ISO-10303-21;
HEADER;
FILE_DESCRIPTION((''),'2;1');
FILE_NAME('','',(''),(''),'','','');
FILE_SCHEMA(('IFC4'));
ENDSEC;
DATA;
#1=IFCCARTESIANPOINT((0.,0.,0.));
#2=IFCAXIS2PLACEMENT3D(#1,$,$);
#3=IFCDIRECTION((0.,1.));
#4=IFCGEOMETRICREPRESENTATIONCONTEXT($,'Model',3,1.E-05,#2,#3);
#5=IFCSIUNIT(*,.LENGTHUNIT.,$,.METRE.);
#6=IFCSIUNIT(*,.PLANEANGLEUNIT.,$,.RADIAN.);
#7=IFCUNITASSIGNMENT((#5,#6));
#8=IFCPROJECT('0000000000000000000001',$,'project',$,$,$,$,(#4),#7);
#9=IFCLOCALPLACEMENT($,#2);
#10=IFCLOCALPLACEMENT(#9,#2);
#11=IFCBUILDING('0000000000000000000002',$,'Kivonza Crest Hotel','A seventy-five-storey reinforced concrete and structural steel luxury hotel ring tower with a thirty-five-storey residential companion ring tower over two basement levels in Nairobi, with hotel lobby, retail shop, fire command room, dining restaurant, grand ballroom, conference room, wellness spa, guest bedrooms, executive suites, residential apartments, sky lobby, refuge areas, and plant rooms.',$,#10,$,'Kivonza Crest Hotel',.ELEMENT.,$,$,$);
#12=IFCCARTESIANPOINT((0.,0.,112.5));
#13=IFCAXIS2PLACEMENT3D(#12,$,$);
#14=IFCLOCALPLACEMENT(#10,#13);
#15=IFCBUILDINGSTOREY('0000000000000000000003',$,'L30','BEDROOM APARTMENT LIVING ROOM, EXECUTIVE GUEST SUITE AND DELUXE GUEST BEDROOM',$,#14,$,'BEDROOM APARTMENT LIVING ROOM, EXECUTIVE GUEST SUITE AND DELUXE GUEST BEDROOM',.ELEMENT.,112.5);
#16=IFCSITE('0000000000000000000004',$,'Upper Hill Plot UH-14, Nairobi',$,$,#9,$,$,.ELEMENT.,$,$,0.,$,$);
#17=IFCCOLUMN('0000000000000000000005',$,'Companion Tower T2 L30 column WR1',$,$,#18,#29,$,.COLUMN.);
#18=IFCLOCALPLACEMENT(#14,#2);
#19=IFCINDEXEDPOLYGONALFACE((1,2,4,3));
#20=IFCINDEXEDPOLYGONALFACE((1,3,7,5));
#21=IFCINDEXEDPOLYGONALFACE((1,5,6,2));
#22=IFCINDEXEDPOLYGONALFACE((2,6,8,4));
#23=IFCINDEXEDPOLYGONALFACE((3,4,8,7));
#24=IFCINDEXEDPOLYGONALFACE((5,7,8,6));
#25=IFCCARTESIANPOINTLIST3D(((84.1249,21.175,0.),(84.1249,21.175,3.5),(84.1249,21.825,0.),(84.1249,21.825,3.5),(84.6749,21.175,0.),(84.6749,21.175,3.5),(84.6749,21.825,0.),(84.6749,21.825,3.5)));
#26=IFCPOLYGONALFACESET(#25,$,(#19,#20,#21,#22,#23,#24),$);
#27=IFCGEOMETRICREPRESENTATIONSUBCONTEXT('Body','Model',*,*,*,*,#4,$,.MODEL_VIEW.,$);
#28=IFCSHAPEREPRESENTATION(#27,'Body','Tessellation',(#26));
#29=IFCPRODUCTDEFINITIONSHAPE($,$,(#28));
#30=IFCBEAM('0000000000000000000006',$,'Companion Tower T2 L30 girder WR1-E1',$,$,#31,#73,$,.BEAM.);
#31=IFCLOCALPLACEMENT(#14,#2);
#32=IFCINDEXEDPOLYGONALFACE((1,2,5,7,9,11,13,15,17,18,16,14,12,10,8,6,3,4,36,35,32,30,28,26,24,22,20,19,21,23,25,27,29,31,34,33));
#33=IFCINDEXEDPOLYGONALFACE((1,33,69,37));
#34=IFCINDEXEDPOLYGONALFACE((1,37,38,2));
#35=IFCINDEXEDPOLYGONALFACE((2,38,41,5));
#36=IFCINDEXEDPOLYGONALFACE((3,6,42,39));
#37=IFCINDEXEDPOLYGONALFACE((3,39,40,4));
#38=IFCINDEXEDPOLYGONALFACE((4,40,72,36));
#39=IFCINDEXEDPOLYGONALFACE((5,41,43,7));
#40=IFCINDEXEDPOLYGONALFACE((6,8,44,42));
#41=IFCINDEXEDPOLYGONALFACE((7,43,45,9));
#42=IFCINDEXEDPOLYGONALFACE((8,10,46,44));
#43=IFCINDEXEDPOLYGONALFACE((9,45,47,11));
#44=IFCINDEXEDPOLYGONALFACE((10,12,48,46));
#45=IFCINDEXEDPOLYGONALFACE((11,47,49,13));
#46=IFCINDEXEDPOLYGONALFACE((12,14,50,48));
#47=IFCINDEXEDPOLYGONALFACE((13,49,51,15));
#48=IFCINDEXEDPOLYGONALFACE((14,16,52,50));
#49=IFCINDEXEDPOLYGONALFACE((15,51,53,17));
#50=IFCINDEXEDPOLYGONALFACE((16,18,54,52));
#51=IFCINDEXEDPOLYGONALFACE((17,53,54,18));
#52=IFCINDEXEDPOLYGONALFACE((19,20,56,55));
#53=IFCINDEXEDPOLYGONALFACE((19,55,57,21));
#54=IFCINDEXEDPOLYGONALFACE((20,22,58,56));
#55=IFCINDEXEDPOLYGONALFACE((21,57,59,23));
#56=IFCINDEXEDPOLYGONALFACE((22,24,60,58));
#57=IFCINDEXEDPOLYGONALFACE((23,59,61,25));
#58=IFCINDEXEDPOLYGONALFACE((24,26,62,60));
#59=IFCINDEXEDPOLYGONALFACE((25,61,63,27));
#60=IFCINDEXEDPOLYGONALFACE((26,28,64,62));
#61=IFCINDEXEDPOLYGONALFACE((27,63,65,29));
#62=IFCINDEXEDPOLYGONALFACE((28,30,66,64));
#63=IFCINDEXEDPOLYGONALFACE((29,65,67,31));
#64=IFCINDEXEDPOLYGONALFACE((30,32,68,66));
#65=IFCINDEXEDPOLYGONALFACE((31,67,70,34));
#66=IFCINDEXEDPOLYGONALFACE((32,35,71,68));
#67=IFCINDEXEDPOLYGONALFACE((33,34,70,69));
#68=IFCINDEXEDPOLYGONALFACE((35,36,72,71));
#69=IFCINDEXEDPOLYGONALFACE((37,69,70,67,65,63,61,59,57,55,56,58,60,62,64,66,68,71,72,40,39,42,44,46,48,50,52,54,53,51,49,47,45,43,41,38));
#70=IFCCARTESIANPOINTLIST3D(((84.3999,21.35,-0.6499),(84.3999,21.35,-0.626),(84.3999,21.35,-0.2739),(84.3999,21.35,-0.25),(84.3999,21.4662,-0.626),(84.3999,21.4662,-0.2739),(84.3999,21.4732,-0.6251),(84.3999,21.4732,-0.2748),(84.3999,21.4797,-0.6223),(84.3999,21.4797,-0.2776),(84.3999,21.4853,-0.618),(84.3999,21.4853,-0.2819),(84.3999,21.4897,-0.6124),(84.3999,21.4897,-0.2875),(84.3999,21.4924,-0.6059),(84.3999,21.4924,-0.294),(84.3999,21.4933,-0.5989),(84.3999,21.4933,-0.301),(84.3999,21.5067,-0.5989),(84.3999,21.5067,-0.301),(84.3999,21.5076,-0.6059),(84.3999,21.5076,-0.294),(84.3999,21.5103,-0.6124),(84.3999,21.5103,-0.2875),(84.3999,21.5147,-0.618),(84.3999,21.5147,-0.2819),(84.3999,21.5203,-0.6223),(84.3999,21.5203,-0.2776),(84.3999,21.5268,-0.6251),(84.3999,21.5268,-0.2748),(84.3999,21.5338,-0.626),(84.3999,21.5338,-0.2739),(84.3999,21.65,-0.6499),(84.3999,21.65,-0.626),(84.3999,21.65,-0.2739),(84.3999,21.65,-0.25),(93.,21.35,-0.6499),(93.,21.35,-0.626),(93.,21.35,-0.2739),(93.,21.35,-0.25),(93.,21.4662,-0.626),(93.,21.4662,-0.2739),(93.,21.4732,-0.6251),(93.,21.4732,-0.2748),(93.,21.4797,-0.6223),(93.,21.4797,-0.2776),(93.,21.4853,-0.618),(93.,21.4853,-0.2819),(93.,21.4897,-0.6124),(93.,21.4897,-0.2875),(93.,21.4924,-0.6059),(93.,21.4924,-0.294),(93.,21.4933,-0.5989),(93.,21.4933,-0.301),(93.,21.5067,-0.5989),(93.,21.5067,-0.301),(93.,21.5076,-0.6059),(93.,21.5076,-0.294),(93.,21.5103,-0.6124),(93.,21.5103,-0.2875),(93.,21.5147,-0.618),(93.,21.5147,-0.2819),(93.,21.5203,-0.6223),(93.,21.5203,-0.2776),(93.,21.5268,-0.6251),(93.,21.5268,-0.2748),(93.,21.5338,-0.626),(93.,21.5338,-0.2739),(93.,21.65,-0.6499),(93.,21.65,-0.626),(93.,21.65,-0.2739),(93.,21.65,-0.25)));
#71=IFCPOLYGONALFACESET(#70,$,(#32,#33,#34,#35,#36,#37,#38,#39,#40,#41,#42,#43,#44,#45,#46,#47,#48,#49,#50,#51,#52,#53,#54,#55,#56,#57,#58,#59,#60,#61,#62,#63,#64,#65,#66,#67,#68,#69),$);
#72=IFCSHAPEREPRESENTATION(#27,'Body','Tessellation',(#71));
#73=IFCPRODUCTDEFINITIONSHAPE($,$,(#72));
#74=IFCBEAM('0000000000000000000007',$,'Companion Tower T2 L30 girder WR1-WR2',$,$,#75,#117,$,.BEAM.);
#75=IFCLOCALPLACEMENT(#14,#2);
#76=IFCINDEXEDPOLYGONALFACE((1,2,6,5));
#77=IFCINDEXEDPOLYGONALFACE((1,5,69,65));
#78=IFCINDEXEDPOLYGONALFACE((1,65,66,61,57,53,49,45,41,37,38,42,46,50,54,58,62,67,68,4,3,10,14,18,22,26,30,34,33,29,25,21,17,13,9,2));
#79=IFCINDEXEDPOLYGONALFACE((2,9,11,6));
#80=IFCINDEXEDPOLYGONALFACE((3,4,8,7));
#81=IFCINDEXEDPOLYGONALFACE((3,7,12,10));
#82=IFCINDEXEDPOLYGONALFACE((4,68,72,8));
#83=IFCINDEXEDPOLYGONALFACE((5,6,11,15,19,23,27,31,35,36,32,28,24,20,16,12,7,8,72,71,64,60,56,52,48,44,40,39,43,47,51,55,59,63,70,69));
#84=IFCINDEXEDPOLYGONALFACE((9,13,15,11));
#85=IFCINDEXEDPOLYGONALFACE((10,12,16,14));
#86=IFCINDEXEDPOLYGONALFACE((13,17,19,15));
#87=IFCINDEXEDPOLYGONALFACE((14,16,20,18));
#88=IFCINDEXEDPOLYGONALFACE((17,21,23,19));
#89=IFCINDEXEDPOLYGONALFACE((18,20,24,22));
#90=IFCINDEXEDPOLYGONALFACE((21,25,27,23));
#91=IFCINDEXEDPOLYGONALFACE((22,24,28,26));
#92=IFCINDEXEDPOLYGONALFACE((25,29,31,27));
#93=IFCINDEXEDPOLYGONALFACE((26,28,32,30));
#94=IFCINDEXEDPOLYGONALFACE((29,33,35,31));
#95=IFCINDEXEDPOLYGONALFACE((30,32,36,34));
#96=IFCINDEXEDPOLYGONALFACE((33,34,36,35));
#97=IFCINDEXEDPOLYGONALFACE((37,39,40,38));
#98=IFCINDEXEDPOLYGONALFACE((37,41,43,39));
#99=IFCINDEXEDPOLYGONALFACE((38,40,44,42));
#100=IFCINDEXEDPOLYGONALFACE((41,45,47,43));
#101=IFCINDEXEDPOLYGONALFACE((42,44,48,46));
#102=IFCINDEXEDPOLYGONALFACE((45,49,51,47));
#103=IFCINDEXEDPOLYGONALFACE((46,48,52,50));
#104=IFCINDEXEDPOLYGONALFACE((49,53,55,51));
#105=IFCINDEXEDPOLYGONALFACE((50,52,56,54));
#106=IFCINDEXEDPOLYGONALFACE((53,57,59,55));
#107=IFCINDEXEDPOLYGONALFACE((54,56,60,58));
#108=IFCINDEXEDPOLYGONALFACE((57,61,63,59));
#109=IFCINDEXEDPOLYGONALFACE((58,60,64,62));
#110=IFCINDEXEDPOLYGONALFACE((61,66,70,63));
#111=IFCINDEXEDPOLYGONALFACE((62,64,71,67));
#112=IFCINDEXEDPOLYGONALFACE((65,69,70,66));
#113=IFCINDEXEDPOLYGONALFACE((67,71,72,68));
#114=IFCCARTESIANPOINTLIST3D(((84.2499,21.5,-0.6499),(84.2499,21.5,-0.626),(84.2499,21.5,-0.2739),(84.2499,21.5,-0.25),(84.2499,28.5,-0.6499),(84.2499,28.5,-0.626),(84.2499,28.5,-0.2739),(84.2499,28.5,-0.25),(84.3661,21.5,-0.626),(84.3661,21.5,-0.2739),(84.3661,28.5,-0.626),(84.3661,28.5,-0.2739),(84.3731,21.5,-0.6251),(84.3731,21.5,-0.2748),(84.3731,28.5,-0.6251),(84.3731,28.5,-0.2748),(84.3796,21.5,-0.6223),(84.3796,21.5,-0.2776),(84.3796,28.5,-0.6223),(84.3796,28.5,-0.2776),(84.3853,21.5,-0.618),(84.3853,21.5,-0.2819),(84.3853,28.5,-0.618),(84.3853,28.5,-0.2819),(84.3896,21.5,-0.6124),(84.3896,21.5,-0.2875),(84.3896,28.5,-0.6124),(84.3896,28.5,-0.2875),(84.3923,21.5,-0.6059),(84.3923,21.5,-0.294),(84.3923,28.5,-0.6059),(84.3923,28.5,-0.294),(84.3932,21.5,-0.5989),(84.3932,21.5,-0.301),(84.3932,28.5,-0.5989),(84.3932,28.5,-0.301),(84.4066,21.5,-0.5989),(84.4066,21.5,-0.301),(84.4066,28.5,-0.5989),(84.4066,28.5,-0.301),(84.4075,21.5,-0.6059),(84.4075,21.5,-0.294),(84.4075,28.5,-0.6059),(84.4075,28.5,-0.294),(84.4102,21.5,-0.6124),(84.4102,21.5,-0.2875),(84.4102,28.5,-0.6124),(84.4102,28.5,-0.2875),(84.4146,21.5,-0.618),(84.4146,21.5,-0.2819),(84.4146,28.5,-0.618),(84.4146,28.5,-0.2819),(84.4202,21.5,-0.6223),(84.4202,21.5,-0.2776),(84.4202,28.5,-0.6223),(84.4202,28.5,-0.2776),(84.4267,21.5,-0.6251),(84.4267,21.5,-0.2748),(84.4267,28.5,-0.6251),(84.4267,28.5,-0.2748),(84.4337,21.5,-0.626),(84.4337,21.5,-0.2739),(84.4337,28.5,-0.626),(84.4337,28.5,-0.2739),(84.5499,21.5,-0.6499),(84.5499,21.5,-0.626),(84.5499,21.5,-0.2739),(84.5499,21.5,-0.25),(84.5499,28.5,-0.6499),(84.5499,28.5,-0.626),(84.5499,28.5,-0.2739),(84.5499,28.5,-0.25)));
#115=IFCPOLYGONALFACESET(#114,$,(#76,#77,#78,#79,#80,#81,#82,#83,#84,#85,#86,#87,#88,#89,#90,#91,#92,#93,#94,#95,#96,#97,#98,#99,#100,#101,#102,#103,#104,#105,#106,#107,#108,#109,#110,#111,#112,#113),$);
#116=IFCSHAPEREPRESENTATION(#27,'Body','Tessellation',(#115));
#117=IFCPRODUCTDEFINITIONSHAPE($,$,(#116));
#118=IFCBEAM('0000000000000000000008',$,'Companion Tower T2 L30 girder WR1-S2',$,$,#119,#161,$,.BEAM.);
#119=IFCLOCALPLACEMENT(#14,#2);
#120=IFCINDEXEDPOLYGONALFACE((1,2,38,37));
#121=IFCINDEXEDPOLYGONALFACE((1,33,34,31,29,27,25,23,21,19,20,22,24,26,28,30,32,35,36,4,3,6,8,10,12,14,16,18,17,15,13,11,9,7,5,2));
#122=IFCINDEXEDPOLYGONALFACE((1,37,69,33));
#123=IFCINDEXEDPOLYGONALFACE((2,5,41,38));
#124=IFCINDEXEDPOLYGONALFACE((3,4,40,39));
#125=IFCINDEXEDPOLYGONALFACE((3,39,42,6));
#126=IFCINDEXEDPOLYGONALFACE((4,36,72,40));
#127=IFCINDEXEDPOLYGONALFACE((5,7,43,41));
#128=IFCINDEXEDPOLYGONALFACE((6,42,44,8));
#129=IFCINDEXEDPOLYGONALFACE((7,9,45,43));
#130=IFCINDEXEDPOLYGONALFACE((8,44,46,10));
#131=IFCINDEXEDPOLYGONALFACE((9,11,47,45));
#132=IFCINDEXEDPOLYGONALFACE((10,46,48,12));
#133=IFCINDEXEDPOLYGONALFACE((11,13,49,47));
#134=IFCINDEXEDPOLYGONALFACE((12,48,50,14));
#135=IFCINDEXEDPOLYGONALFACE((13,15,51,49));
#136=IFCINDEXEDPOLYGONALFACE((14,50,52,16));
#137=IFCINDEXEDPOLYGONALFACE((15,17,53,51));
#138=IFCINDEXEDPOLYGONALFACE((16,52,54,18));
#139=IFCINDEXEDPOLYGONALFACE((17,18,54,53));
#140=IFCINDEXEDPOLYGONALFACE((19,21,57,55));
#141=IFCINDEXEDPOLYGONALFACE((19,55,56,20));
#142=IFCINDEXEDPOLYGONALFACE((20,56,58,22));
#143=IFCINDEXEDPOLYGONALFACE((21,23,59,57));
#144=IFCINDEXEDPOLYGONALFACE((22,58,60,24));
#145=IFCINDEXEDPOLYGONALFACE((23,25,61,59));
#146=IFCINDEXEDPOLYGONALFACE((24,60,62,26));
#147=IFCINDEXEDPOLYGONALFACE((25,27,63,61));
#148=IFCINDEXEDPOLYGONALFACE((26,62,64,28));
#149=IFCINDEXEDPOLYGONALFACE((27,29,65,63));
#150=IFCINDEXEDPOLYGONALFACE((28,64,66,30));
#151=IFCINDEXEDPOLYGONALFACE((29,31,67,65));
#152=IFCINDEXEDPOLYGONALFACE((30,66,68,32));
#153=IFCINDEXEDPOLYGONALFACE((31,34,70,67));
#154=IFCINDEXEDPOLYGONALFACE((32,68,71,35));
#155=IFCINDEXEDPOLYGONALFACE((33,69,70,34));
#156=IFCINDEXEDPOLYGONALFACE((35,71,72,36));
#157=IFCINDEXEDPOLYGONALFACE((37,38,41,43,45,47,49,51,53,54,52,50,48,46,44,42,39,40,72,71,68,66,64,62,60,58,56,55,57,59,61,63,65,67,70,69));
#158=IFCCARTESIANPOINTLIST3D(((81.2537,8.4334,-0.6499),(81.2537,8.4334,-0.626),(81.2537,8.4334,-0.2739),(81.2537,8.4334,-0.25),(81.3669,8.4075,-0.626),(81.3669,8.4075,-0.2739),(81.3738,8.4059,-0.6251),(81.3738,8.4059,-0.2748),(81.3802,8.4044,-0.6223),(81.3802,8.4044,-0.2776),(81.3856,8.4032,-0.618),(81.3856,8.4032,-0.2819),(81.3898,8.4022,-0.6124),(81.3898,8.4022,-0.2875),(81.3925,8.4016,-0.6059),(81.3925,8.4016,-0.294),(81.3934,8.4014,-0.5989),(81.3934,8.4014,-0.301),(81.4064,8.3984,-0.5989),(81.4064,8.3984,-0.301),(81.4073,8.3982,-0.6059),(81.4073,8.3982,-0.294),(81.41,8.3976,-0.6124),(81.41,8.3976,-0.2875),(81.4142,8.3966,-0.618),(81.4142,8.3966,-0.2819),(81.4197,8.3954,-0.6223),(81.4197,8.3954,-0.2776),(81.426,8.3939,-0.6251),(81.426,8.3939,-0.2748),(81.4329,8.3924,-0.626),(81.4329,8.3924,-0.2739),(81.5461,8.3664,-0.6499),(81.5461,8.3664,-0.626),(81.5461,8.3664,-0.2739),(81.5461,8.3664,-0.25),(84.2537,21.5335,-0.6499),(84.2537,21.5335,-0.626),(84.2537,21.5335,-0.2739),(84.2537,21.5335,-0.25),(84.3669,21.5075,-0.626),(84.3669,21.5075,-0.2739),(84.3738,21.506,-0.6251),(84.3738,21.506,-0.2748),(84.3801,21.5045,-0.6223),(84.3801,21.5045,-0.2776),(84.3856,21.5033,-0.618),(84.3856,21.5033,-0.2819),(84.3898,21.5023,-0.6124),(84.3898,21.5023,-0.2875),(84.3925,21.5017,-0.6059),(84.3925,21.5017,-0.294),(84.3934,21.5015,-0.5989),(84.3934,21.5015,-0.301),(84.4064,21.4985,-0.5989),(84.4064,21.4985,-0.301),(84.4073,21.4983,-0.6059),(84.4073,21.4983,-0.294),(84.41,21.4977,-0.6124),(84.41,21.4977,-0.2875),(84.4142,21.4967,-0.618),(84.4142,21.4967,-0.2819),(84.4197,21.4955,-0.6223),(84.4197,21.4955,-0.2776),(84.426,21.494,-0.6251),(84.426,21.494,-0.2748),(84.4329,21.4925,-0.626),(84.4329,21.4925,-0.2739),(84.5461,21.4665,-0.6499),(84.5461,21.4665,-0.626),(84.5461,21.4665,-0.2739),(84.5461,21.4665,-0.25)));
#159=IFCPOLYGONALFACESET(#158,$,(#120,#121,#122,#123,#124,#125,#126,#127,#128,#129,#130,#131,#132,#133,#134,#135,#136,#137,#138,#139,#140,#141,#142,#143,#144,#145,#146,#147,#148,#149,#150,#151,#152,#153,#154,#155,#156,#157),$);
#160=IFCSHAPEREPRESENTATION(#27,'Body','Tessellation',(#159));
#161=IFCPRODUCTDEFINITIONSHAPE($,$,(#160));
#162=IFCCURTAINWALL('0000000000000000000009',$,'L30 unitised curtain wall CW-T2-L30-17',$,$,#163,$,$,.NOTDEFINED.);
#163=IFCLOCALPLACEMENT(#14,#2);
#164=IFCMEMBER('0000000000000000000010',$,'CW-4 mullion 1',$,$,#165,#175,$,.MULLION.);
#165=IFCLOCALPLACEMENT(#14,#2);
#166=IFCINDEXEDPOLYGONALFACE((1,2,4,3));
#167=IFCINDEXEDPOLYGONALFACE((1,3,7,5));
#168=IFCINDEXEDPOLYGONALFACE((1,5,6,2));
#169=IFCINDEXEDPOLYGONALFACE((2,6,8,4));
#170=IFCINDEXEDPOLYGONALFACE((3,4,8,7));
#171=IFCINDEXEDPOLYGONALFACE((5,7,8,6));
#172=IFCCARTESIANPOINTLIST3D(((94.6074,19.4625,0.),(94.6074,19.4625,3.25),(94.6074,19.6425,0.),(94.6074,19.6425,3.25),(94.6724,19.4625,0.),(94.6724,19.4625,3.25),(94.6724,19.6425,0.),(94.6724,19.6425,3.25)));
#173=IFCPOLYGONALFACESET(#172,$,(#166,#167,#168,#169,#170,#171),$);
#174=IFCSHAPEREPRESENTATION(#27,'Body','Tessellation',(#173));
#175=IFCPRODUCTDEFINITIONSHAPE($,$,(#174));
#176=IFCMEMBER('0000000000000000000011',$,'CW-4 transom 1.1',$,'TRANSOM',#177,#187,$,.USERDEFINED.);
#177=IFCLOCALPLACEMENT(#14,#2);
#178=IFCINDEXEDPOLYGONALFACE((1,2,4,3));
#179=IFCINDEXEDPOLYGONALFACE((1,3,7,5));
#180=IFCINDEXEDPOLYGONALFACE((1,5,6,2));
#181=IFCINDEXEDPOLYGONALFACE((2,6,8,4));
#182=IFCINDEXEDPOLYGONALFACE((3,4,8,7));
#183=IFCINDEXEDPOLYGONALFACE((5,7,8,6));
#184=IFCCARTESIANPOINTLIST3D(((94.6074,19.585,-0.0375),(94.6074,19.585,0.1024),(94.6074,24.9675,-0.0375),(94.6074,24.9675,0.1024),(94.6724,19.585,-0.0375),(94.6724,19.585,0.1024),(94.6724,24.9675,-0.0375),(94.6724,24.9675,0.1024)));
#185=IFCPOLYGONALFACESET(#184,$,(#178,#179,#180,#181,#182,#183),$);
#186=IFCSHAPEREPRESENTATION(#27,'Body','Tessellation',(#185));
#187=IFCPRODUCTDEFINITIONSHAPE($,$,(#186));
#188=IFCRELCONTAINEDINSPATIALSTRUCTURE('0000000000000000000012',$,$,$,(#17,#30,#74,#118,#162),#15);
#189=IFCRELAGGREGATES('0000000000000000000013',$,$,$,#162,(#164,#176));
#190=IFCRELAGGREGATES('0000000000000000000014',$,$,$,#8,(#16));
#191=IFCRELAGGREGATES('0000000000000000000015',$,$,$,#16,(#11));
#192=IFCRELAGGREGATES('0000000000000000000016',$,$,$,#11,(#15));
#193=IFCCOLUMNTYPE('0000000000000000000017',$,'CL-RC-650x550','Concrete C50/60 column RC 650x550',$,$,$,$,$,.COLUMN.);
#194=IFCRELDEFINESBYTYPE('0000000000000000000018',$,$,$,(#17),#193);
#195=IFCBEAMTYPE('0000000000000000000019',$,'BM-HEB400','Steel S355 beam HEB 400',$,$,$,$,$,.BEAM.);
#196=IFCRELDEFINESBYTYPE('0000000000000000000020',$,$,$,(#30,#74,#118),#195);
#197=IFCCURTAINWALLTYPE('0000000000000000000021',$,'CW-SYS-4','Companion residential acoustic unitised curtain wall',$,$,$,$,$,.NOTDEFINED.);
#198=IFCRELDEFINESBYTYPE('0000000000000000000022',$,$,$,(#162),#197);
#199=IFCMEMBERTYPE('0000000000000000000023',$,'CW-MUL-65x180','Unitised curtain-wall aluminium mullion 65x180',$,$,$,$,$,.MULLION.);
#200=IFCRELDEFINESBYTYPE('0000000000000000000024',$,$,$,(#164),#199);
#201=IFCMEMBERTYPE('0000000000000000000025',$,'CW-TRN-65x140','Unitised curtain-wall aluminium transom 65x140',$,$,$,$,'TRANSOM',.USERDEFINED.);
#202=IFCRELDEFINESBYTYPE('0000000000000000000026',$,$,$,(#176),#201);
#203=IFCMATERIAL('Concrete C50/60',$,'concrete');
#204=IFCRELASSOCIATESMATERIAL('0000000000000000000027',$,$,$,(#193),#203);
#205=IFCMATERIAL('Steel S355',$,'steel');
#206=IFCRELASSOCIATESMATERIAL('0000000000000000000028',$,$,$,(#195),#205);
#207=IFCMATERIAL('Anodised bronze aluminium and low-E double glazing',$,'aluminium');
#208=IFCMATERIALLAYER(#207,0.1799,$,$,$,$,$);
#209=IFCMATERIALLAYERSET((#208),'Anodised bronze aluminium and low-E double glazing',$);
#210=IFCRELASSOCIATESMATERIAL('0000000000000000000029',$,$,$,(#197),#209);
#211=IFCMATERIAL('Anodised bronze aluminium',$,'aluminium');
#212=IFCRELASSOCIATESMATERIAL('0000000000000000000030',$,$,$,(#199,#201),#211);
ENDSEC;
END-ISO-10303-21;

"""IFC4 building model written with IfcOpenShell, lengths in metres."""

from ifc_helpers import new_model, si_unit, direction, frame, origin, origin_2d, place, context, subcontext, project, spatial, rectangle, i_section, extrude, material, layer, layer_set, material_profile, profile_set, type_object, element, aggregate, save


model = new_model("IFC4")

# Units and contexts
model_context = context("Model", 3, precision=1e-05, world=origin(), true_north=direction((0.0, 1.0)))
body_context = subcontext(model_context, "Body", "Model", "MODEL_VIEW")
ifc_project = project(units=[si_unit("LENGTHUNIT", "METRE"), si_unit("PLANEANGLEUNIT", "RADIAN")], contexts=[model_context])

# Site, building, storey
site_placement = place(None, origin())
site = spatial("IfcSite", under=ifc_project, at=site_placement, Name="Upper Hill Plot UH-14, Nairobi", CompositionType="ELEMENT", RefElevation=0.0)
building_placement = place(site_placement, origin())
building = spatial("IfcBuilding", under=site, at=building_placement, Name="Kivonza Crest Hotel", Description="A seventy-five-storey reinforced concrete and structural steel luxury hotel ring tower with a thirty-five-storey residential companion ring tower over two basement levels in Nairobi, with hotel lobby, retail shop, fire command room, dining restaurant, grand ballroom, conference room, wellness spa, guest bedrooms, executive suites, residential apartments, sky lobby, refuge areas, and plant rooms.", LongName="Kivonza Crest Hotel", CompositionType="ELEMENT")
storey_placement = place(building_placement, frame((0.0, 0.0, 112.5)))
storey = spatial("IfcBuildingStorey", under=building, at=storey_placement, Name="L30", Description="BEDROOM APARTMENT LIVING ROOM, EXECUTIVE GUEST SUITE AND DELUXE GUEST BEDROOM", LongName="BEDROOM APARTMENT LIVING ROOM, EXECUTIVE GUEST SUITE AND DELUXE GUEST BEDROOM", CompositionType="ELEMENT", Elevation=112.5)

# Column
ifc_material_1 = material(Name="Concrete C50/60", Category="concrete")
ifc_material_profile_1 = material_profile(ifc_material_1, rectangle(XDim=0.55, YDim=0.6499, at=origin_2d()), Name="RC 650x550")
ifc_profile_set_1 = profile_set([ifc_material_profile_1], Name="Concrete C50/60")
column_type = type_object("IfcColumnType", Name="CL-RC-650x550", Description="Concrete C50/60 column RC 650x550", PredefinedType="COLUMN", material=ifc_profile_set_1)
column_placement = place(storey_placement, frame((84.3999, 21.5, 0.0), z_axis=(0.0, 0.0, 1.0), x_axis=(1.0, 0.0, 0.0)))
element("IfcColumn", 1, at=column_placement, inside=storey, type_object=column_type, Name="Companion Tower T2 L30 column WR1", PredefinedType="COLUMN", context=body_context, shape_type="SweptSolid", body=[
    extrude(rectangle(XDim=0.55, YDim=0.6499, at=origin_2d()), origin(), (0.0, 0.0, 1.0), 3.5),
])

# Beams
ifc_material_2 = material(Name="Steel S355", Category="steel")
ifc_material_profile_2 = material_profile(ifc_material_2, i_section(OverallWidth=0.3, OverallDepth=0.3999, WebThickness=0.0134, FlangeThickness=0.0239, FilletRadius=0.0271, at=origin_2d()), Name="HEB 400")
ifc_profile_set_2 = profile_set([ifc_material_profile_2], Name="Steel S355")
beam_type = type_object("IfcBeamType", Name="BM-HEB400", Description="Steel S355 beam HEB 400", PredefinedType="BEAM", material=ifc_profile_set_2)
beam_1_placement = place(storey_placement, frame((84.3999, 21.5, -0.45), z_axis=(1.0, 0.0, 0.0), x_axis=(0.0, 1.0, 0.0)))
element("IfcBeam", 2, at=beam_1_placement, inside=storey, type_object=beam_type, Name="Companion Tower T2 L30 girder WR1-E1", PredefinedType="BEAM", context=body_context, shape_type="SweptSolid", body=[
    extrude(i_section(OverallWidth=0.3, OverallDepth=0.3999, WebThickness=0.0134, FlangeThickness=0.0239, FilletRadius=0.0271, at=origin_2d()), origin(), (0.0, 0.0, 1.0), 8.6001),
])
beam_2_placement = place(storey_placement, frame((84.3999, 21.5, -0.45), z_axis=(0.0, 1.0, 0.0), x_axis=(-1.0, 0.0, 0.0)))
element("IfcBeam", 3, at=beam_2_placement, inside=storey, type_object=beam_type, Name="Companion Tower T2 L30 girder WR1-WR2", PredefinedType="BEAM", context=body_context, shape_type="SweptSolid", body=[
    extrude(i_section(OverallWidth=0.3, OverallDepth=0.3999, WebThickness=0.0134, FlangeThickness=0.0239, FilletRadius=0.0271, at=origin_2d()), origin(), (0.0, 0.0, 1.0), 7.0),
])
beam_3_placement = place(storey_placement, frame((84.3999, 21.5, -0.45), z_axis=(-0.223227, -0.974766, 0.0), x_axis=(0.974766, -0.223227, 0.0)))
element("IfcBeam", 4, at=beam_3_placement, inside=storey, type_object=beam_type, Name="Companion Tower T2 L30 girder WR1-S2", PredefinedType="BEAM", context=body_context, shape_type="SweptSolid", body=[
    extrude(i_section(OverallWidth=0.3, OverallDepth=0.3999, WebThickness=0.0134, FlangeThickness=0.0239, FilletRadius=0.0271, at=origin_2d()), origin(), (0.0, 0.0, 1.0), 13.4392),
])

# Curtain wall, members
ifc_material_3 = material(Name="Anodised bronze aluminium and low-E double glazing", Category="aluminium")
ifc_layer_1 = layer(ifc_material_3, 0.1799)
ifc_layer_set_1 = layer_set([ifc_layer_1], Name="Anodised bronze aluminium and low-E double glazing")
curtain_wall_type_1 = type_object("IfcCurtainWallType", Name="CW-SYS-4", Description="Companion residential acoustic unitised curtain wall", PredefinedType="NOTDEFINED", material=ifc_layer_set_1)
curtain_wall_1_placement = place(storey_placement, origin())
curtain_wall_1 = element("IfcCurtainWall", 5, at=curtain_wall_1_placement, inside=storey, type_object=curtain_wall_type_1, Name="L30 unitised curtain wall CW-T2-L30-17", PredefinedType="NOTDEFINED")
ifc_material_4 = material(Name="Anodised bronze aluminium", Category="aluminium")
ifc_material_profile_3 = material_profile(ifc_material_4, rectangle(XDim=0.0649, YDim=0.1799, at=origin_2d()), Name="CW-M 65x180")
ifc_profile_set_3 = profile_set([ifc_material_profile_3], Name="Anodised bronze aluminium")
member_type_1 = type_object("IfcMemberType", Name="CW-MUL-65x180", Description="Unitised curtain-wall aluminium mullion 65x180", PredefinedType="MULLION", material=ifc_profile_set_3)
member_1_placement = place(storey_placement, frame((94.6399, 19.5525, 0.0), z_axis=(0.0, 0.0, 1.0), x_axis=(-1.0, 0.0, 0.0)))
member_1 = element("IfcMember", 6, at=member_1_placement, type_object=member_type_1, Name="CW-4 mullion 1", PredefinedType="MULLION", context=body_context, shape_type="SweptSolid", body=[
    extrude(rectangle(XDim=0.0649, YDim=0.1799, at=origin_2d()), origin(), (0.0, 0.0, 1.0), 3.25),
])
ifc_material_profile_4 = material_profile(ifc_material_4, rectangle(XDim=0.0649, YDim=0.1399, at=origin_2d()), Name="CW-T 65x140")
ifc_profile_set_4 = profile_set([ifc_material_profile_4], Name="Anodised bronze aluminium")
member_type_2 = type_object("IfcMemberType", Name="CW-TRN-65x140", Description="Unitised curtain-wall aluminium transom 65x140", ElementType="TRANSOM", PredefinedType="USERDEFINED", material=ifc_profile_set_4)
member_2_placement = place(storey_placement, frame((94.6399, 19.585, 0.0325), z_axis=(0.0, 1.0, 0.0), x_axis=(-1.0, 0.0, 0.0)))
member_2 = element("IfcMember", 7, at=member_2_placement, type_object=member_type_2, Name="CW-4 transom 1.1", ObjectType="TRANSOM", PredefinedType="USERDEFINED", context=body_context, shape_type="SweptSolid", body=[
    extrude(rectangle(XDim=0.0649, YDim=0.1399, at=origin_2d()), origin(), (0.0, 0.0, 1.0), 5.3826),
])
aggregate(curtain_wall_1, [member_1, member_2])

save(model, "model.ifc")
